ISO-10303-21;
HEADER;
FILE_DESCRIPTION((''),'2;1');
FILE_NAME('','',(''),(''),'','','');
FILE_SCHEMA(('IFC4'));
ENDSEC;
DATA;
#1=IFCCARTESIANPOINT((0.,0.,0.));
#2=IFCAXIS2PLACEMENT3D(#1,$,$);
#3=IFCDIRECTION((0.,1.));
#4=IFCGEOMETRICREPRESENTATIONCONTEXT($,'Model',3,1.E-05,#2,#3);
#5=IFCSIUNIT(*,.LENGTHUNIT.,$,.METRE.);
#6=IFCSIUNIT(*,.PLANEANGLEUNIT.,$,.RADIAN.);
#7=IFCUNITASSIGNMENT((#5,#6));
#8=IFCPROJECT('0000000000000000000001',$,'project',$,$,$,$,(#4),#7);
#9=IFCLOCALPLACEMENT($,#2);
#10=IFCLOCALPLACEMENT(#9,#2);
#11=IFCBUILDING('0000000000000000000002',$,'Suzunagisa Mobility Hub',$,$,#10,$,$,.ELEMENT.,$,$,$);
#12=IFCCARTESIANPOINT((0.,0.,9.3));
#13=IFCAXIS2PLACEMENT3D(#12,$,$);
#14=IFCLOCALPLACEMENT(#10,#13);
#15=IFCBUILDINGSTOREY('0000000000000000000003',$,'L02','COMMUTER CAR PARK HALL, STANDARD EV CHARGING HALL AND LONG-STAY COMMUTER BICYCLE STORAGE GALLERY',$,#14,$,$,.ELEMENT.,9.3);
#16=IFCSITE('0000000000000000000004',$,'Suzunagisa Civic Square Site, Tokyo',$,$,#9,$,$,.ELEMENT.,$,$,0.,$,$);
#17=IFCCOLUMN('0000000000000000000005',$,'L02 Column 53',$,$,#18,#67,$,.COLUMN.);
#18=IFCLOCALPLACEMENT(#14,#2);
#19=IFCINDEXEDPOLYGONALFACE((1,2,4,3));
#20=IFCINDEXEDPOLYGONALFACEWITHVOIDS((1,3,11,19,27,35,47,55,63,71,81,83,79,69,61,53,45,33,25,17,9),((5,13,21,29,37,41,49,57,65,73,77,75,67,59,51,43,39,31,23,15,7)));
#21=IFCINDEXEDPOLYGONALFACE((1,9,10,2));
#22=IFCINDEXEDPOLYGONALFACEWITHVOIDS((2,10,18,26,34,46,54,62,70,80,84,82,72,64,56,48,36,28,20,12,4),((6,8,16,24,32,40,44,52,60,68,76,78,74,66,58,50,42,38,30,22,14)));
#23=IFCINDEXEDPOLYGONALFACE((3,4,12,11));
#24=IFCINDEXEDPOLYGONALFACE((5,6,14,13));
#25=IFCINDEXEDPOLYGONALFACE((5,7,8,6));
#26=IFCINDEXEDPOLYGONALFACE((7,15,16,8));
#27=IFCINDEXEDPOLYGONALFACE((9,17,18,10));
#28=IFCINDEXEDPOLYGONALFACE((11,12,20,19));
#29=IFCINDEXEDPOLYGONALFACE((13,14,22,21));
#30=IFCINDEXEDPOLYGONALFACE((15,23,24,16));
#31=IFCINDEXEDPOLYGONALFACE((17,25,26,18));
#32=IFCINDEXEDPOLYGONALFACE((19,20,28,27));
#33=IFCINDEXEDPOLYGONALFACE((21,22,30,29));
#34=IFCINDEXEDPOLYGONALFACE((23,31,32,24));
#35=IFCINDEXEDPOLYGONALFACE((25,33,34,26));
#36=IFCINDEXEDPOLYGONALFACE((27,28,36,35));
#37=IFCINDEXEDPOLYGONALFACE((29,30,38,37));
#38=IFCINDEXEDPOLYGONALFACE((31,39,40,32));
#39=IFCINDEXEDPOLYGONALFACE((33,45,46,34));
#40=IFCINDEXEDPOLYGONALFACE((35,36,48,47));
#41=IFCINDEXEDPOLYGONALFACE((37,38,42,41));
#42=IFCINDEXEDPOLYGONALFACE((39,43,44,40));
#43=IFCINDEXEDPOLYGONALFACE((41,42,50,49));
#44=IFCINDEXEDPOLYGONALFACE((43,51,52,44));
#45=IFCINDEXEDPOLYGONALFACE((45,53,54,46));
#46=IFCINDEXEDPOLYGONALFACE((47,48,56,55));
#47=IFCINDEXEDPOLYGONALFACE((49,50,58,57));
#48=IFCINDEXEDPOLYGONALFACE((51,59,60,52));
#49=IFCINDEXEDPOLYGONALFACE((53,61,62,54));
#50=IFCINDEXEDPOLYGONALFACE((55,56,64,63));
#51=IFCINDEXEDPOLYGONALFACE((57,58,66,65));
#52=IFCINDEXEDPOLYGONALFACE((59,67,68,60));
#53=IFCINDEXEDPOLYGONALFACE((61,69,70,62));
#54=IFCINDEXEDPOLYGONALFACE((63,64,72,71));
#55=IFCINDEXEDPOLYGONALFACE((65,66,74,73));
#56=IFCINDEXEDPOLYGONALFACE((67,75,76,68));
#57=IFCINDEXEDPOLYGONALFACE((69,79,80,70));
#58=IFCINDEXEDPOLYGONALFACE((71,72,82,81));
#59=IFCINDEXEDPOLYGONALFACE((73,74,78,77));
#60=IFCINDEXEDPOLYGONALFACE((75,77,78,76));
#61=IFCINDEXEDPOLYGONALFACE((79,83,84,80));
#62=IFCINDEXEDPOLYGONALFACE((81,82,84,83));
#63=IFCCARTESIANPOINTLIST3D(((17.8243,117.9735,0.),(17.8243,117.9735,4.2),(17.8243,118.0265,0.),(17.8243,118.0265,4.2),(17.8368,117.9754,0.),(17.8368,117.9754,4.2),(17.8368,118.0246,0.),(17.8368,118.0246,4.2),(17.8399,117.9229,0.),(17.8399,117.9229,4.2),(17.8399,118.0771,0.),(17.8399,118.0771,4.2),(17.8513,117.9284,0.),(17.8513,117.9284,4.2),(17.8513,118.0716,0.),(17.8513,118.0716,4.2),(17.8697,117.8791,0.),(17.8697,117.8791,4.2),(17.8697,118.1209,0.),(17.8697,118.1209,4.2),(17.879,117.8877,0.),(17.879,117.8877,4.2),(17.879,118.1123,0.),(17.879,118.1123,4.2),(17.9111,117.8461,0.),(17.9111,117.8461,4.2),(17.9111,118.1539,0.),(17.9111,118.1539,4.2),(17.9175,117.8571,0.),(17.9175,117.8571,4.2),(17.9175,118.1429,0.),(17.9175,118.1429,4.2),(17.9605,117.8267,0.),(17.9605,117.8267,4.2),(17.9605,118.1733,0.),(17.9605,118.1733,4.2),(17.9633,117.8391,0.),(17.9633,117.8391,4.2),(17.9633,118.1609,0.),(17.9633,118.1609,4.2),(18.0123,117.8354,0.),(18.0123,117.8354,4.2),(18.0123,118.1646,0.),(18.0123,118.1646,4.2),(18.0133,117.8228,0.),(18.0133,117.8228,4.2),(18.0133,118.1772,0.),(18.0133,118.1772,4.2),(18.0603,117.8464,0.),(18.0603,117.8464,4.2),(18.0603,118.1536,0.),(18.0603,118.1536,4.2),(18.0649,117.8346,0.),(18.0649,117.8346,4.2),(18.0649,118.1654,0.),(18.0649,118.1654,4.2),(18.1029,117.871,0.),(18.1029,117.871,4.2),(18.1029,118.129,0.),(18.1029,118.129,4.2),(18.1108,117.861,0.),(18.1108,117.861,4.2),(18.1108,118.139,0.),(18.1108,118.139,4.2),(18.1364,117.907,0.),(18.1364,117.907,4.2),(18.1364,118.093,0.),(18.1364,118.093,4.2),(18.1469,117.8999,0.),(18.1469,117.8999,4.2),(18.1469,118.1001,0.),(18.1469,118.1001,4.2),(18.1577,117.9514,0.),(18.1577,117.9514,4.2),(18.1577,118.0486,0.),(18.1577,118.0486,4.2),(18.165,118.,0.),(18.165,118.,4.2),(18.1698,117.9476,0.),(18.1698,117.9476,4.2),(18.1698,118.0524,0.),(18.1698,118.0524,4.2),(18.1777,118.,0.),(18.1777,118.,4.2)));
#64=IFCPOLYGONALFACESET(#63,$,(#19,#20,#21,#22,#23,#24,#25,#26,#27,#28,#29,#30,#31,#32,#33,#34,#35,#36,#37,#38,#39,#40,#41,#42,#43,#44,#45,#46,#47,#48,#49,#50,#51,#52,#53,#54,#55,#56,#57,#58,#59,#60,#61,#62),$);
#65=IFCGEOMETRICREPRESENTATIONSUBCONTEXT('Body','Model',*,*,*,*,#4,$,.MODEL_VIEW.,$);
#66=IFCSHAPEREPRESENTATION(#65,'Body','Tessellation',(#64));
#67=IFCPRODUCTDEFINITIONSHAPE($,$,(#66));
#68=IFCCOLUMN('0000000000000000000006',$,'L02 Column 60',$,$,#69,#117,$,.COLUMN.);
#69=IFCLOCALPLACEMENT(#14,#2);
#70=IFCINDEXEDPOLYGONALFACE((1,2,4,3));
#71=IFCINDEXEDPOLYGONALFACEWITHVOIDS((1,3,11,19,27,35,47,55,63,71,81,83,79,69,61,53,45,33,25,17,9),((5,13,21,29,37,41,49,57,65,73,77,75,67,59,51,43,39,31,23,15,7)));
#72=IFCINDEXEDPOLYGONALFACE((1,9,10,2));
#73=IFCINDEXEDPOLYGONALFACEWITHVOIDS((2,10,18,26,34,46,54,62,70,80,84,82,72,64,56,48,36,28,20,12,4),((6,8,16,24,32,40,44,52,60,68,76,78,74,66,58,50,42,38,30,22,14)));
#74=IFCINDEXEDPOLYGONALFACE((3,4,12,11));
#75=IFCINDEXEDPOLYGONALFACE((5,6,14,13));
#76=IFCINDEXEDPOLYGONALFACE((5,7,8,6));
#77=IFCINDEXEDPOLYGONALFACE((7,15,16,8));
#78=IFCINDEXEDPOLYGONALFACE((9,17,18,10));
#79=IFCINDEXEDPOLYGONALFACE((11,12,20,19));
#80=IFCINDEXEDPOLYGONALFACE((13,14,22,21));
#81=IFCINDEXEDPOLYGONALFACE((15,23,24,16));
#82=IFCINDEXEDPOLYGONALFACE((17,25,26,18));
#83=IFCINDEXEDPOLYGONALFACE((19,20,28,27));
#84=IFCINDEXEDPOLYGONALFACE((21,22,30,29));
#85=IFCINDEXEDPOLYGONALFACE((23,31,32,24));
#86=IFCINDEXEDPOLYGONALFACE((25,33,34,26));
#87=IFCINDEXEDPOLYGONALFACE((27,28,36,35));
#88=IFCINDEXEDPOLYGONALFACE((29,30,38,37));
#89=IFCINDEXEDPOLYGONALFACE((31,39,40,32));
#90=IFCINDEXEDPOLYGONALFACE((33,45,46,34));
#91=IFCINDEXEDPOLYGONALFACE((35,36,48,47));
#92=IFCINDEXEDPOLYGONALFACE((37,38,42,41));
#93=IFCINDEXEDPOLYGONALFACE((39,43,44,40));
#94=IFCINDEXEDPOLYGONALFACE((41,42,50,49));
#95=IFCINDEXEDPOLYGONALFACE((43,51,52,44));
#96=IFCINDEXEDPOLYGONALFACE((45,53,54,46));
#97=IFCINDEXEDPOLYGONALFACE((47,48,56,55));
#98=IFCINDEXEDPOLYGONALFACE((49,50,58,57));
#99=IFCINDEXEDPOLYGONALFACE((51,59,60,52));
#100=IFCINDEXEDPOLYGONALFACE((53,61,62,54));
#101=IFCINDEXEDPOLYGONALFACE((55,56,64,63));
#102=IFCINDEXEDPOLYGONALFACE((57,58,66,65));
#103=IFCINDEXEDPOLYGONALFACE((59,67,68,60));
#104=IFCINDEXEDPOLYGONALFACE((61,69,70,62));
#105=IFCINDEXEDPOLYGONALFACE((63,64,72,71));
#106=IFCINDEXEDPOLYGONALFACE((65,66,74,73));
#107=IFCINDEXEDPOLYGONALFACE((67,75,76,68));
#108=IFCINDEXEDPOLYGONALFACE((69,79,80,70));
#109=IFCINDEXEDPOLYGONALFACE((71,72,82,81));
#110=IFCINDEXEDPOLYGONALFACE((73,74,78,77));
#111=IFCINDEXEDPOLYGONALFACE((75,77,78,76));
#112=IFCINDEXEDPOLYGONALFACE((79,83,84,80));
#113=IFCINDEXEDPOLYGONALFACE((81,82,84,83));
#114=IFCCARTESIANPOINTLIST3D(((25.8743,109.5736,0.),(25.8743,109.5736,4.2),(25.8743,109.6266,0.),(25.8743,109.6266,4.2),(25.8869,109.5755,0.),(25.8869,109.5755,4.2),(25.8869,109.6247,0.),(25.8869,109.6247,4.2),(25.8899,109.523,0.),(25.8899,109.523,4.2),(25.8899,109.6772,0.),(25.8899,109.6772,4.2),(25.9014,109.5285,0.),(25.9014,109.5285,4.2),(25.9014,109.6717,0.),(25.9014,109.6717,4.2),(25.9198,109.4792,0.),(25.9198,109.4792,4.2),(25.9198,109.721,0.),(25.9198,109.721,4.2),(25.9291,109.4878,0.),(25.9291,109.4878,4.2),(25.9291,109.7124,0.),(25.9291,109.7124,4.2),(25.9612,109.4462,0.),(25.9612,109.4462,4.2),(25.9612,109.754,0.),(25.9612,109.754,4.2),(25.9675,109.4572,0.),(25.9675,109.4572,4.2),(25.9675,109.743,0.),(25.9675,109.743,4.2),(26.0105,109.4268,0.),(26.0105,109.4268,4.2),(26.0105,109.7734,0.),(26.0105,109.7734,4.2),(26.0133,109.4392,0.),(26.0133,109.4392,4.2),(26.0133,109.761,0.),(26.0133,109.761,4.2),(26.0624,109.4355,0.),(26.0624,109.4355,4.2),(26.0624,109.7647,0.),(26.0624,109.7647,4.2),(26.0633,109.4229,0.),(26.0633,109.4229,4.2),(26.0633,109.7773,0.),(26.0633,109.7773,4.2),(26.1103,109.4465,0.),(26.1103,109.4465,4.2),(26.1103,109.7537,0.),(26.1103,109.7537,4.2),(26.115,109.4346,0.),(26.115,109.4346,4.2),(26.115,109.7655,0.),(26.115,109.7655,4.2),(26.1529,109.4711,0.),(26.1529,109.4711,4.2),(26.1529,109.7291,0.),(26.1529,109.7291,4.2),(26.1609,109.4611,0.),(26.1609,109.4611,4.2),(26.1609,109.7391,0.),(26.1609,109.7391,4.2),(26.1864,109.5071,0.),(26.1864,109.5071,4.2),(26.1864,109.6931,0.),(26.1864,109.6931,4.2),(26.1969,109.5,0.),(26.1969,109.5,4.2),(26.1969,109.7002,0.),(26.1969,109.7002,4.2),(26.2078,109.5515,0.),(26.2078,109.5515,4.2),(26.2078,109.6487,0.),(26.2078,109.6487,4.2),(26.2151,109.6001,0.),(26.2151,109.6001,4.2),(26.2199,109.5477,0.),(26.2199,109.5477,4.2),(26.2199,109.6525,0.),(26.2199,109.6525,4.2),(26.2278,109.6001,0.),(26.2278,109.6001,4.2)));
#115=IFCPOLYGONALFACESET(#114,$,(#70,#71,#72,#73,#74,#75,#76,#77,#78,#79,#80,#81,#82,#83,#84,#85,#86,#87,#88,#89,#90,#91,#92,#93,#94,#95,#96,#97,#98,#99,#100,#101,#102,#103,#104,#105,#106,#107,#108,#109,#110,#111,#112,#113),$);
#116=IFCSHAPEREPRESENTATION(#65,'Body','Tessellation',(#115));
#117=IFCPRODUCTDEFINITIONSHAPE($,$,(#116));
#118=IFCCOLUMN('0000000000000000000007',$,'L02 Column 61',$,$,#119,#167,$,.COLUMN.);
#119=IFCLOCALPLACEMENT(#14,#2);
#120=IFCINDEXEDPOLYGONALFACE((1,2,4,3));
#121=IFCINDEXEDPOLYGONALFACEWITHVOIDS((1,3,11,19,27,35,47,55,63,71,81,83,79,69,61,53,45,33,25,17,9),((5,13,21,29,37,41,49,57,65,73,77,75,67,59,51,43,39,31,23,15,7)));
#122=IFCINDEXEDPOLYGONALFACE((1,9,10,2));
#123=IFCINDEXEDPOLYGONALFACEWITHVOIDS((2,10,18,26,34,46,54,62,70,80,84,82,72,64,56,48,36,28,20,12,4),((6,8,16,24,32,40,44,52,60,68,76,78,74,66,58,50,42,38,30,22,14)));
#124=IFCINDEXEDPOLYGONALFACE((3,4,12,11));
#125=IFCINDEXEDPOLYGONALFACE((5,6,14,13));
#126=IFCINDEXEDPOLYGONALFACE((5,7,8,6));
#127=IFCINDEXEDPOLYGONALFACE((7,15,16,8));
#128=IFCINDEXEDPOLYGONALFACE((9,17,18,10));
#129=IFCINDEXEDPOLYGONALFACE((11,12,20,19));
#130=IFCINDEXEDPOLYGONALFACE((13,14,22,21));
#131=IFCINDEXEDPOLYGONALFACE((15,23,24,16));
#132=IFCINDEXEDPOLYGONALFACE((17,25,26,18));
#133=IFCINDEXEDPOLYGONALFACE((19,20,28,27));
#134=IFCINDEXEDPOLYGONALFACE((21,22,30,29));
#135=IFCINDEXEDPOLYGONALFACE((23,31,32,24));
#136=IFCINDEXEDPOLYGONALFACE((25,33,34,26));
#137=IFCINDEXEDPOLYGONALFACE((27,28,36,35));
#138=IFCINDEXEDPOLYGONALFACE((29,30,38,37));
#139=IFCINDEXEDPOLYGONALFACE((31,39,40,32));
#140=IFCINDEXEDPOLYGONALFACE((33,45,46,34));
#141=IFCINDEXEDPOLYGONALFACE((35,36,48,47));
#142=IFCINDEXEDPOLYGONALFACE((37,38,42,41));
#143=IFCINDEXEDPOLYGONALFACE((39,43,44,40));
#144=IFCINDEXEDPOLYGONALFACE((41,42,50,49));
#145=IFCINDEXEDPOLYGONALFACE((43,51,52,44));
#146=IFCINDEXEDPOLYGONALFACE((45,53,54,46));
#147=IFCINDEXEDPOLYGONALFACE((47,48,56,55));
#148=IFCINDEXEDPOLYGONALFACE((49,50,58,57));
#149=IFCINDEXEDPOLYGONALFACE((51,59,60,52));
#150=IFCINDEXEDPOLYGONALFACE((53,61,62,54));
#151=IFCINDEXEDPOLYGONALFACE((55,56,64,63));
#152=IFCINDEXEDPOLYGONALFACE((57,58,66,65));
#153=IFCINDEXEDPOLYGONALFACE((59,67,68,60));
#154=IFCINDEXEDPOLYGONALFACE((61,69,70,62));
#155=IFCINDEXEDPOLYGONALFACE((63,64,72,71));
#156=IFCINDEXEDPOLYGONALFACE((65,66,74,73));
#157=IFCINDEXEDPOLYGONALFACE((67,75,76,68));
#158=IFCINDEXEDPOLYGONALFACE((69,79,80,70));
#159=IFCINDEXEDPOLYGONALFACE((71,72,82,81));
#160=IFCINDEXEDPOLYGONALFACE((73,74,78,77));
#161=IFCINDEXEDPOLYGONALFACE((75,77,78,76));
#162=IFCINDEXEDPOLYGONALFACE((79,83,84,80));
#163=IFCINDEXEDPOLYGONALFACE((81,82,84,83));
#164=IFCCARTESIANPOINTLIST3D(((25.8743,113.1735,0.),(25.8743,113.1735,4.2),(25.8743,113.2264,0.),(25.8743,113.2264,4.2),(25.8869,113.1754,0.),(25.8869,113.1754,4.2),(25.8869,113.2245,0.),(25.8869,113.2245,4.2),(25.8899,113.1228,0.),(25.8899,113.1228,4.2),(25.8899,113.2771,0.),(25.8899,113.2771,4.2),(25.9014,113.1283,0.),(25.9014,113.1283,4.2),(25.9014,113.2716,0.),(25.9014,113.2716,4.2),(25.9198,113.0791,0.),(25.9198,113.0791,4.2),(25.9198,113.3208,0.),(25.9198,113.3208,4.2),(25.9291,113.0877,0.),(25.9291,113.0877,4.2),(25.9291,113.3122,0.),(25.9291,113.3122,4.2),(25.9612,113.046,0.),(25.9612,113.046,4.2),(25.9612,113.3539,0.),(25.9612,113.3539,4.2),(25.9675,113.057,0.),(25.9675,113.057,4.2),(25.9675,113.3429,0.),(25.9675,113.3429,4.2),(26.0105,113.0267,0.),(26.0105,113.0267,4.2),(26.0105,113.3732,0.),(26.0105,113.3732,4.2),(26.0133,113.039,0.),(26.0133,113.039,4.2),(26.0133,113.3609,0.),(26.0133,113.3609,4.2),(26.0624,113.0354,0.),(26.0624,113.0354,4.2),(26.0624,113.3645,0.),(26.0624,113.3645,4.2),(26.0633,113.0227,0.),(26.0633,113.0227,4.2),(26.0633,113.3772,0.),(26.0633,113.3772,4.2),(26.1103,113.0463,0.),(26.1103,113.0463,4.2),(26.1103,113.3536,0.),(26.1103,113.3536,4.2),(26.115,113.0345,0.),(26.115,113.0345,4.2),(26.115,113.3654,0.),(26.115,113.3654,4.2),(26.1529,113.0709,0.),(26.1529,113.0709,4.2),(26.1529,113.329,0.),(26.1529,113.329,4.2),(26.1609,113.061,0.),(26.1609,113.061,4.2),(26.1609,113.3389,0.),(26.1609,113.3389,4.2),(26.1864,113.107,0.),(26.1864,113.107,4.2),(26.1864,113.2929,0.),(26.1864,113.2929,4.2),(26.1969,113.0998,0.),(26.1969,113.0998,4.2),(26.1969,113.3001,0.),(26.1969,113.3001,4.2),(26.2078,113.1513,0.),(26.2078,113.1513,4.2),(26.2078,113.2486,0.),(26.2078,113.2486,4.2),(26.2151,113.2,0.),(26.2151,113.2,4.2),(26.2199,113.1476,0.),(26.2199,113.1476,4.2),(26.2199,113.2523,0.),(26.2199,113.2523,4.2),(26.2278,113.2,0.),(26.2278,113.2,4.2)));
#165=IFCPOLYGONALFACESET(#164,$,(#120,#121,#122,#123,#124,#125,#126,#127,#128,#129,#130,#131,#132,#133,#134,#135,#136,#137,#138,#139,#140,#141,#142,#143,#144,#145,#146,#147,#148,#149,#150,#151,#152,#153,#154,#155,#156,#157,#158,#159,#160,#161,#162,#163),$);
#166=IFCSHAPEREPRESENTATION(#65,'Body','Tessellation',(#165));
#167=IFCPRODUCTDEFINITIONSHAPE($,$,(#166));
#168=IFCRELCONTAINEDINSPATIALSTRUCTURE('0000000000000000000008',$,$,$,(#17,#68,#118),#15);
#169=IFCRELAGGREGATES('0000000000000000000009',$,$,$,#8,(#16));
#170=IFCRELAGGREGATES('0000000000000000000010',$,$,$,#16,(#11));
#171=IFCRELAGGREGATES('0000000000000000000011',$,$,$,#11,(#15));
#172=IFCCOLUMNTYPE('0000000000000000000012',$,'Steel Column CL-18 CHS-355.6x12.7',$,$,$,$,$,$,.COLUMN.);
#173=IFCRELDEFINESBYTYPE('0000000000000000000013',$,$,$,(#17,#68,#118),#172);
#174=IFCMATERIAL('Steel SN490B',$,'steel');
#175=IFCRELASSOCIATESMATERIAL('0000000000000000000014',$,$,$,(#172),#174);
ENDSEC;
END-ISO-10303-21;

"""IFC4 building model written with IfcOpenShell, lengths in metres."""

from ifc_helpers import new_model, si_unit, direction, frame, origin, origin_2d, place, context, subcontext, project, spatial, hollow_circle, extrude, material, material_profile, profile_set, type_object, element, save


model = new_model("IFC4")

# Units and contexts
model_context = context("Model", 3, precision=1e-05, world=origin(), true_north=direction((0.0, 1.0)))
body_context = subcontext(model_context, "Body", "Model", "MODEL_VIEW")
ifc_project = project(units=[si_unit("LENGTHUNIT", "METRE"), si_unit("PLANEANGLEUNIT", "RADIAN")], contexts=[model_context])

# Site, building, storey
site_placement = place(None, origin())
site = spatial("IfcSite", under=ifc_project, at=site_placement, Name="Suzunagisa Civic Square Site, Tokyo", CompositionType="ELEMENT", RefElevation=0.0)
building_placement = place(site_placement, origin())
building = spatial("IfcBuilding", under=site, at=building_placement, Name="Suzunagisa Mobility Hub", CompositionType="ELEMENT")
storey_placement = place(building_placement, frame((0.0, 0.0, 9.3)))
storey = spatial("IfcBuildingStorey", under=building, at=storey_placement, Name="L02", Description="COMMUTER CAR PARK HALL, STANDARD EV CHARGING HALL AND LONG-STAY COMMUTER BICYCLE STORAGE GALLERY", CompositionType="ELEMENT", Elevation=9.3)

# Columns
ifc_material_1 = material(Name="Steel SN490B", Category="steel")
ifc_material_profile_1 = material_profile(ifc_material_1, hollow_circle(Radius=0.1777, WallThickness=0.0127, at=origin_2d()), Name="CHS-355.6x12.7")
ifc_profile_set_1 = profile_set([ifc_material_profile_1], Name="Steel SN490B")
column_type = type_object("IfcColumnType", Name="Steel Column CL-18 CHS-355.6x12.7", PredefinedType="COLUMN", material=ifc_profile_set_1)
for number, where, z_axis, x_axis, name in (
    (1, (18.0, 118.0, 0.0), (0.0, 0.0, 1.0), (1.0, 0.0, 0.0), "L02 Column 53"),
    (2, (26.05, 109.6001, 0.0), (0.0, 0.0, 1.0), (1.0, 0.0, 0.0), "L02 Column 60"),
    (3, (26.05, 113.2, 0.0), (0.0, 0.0, 1.0), (1.0, 0.0, 0.0), "L02 Column 61"),
):
    element("IfcColumn", number, at=place(storey_placement, frame(where, z_axis=z_axis, x_axis=x_axis)), inside=storey, type_object=column_type, Name=name, PredefinedType="COLUMN", context=body_context, shape_type="SweptSolid", body=[
        extrude(hollow_circle(Radius=0.1777, WallThickness=0.0127, at=origin_2d()), origin(), (0.0, 0.0, 1.0), 4.2),
    ])

save(model, "model.ifc")
